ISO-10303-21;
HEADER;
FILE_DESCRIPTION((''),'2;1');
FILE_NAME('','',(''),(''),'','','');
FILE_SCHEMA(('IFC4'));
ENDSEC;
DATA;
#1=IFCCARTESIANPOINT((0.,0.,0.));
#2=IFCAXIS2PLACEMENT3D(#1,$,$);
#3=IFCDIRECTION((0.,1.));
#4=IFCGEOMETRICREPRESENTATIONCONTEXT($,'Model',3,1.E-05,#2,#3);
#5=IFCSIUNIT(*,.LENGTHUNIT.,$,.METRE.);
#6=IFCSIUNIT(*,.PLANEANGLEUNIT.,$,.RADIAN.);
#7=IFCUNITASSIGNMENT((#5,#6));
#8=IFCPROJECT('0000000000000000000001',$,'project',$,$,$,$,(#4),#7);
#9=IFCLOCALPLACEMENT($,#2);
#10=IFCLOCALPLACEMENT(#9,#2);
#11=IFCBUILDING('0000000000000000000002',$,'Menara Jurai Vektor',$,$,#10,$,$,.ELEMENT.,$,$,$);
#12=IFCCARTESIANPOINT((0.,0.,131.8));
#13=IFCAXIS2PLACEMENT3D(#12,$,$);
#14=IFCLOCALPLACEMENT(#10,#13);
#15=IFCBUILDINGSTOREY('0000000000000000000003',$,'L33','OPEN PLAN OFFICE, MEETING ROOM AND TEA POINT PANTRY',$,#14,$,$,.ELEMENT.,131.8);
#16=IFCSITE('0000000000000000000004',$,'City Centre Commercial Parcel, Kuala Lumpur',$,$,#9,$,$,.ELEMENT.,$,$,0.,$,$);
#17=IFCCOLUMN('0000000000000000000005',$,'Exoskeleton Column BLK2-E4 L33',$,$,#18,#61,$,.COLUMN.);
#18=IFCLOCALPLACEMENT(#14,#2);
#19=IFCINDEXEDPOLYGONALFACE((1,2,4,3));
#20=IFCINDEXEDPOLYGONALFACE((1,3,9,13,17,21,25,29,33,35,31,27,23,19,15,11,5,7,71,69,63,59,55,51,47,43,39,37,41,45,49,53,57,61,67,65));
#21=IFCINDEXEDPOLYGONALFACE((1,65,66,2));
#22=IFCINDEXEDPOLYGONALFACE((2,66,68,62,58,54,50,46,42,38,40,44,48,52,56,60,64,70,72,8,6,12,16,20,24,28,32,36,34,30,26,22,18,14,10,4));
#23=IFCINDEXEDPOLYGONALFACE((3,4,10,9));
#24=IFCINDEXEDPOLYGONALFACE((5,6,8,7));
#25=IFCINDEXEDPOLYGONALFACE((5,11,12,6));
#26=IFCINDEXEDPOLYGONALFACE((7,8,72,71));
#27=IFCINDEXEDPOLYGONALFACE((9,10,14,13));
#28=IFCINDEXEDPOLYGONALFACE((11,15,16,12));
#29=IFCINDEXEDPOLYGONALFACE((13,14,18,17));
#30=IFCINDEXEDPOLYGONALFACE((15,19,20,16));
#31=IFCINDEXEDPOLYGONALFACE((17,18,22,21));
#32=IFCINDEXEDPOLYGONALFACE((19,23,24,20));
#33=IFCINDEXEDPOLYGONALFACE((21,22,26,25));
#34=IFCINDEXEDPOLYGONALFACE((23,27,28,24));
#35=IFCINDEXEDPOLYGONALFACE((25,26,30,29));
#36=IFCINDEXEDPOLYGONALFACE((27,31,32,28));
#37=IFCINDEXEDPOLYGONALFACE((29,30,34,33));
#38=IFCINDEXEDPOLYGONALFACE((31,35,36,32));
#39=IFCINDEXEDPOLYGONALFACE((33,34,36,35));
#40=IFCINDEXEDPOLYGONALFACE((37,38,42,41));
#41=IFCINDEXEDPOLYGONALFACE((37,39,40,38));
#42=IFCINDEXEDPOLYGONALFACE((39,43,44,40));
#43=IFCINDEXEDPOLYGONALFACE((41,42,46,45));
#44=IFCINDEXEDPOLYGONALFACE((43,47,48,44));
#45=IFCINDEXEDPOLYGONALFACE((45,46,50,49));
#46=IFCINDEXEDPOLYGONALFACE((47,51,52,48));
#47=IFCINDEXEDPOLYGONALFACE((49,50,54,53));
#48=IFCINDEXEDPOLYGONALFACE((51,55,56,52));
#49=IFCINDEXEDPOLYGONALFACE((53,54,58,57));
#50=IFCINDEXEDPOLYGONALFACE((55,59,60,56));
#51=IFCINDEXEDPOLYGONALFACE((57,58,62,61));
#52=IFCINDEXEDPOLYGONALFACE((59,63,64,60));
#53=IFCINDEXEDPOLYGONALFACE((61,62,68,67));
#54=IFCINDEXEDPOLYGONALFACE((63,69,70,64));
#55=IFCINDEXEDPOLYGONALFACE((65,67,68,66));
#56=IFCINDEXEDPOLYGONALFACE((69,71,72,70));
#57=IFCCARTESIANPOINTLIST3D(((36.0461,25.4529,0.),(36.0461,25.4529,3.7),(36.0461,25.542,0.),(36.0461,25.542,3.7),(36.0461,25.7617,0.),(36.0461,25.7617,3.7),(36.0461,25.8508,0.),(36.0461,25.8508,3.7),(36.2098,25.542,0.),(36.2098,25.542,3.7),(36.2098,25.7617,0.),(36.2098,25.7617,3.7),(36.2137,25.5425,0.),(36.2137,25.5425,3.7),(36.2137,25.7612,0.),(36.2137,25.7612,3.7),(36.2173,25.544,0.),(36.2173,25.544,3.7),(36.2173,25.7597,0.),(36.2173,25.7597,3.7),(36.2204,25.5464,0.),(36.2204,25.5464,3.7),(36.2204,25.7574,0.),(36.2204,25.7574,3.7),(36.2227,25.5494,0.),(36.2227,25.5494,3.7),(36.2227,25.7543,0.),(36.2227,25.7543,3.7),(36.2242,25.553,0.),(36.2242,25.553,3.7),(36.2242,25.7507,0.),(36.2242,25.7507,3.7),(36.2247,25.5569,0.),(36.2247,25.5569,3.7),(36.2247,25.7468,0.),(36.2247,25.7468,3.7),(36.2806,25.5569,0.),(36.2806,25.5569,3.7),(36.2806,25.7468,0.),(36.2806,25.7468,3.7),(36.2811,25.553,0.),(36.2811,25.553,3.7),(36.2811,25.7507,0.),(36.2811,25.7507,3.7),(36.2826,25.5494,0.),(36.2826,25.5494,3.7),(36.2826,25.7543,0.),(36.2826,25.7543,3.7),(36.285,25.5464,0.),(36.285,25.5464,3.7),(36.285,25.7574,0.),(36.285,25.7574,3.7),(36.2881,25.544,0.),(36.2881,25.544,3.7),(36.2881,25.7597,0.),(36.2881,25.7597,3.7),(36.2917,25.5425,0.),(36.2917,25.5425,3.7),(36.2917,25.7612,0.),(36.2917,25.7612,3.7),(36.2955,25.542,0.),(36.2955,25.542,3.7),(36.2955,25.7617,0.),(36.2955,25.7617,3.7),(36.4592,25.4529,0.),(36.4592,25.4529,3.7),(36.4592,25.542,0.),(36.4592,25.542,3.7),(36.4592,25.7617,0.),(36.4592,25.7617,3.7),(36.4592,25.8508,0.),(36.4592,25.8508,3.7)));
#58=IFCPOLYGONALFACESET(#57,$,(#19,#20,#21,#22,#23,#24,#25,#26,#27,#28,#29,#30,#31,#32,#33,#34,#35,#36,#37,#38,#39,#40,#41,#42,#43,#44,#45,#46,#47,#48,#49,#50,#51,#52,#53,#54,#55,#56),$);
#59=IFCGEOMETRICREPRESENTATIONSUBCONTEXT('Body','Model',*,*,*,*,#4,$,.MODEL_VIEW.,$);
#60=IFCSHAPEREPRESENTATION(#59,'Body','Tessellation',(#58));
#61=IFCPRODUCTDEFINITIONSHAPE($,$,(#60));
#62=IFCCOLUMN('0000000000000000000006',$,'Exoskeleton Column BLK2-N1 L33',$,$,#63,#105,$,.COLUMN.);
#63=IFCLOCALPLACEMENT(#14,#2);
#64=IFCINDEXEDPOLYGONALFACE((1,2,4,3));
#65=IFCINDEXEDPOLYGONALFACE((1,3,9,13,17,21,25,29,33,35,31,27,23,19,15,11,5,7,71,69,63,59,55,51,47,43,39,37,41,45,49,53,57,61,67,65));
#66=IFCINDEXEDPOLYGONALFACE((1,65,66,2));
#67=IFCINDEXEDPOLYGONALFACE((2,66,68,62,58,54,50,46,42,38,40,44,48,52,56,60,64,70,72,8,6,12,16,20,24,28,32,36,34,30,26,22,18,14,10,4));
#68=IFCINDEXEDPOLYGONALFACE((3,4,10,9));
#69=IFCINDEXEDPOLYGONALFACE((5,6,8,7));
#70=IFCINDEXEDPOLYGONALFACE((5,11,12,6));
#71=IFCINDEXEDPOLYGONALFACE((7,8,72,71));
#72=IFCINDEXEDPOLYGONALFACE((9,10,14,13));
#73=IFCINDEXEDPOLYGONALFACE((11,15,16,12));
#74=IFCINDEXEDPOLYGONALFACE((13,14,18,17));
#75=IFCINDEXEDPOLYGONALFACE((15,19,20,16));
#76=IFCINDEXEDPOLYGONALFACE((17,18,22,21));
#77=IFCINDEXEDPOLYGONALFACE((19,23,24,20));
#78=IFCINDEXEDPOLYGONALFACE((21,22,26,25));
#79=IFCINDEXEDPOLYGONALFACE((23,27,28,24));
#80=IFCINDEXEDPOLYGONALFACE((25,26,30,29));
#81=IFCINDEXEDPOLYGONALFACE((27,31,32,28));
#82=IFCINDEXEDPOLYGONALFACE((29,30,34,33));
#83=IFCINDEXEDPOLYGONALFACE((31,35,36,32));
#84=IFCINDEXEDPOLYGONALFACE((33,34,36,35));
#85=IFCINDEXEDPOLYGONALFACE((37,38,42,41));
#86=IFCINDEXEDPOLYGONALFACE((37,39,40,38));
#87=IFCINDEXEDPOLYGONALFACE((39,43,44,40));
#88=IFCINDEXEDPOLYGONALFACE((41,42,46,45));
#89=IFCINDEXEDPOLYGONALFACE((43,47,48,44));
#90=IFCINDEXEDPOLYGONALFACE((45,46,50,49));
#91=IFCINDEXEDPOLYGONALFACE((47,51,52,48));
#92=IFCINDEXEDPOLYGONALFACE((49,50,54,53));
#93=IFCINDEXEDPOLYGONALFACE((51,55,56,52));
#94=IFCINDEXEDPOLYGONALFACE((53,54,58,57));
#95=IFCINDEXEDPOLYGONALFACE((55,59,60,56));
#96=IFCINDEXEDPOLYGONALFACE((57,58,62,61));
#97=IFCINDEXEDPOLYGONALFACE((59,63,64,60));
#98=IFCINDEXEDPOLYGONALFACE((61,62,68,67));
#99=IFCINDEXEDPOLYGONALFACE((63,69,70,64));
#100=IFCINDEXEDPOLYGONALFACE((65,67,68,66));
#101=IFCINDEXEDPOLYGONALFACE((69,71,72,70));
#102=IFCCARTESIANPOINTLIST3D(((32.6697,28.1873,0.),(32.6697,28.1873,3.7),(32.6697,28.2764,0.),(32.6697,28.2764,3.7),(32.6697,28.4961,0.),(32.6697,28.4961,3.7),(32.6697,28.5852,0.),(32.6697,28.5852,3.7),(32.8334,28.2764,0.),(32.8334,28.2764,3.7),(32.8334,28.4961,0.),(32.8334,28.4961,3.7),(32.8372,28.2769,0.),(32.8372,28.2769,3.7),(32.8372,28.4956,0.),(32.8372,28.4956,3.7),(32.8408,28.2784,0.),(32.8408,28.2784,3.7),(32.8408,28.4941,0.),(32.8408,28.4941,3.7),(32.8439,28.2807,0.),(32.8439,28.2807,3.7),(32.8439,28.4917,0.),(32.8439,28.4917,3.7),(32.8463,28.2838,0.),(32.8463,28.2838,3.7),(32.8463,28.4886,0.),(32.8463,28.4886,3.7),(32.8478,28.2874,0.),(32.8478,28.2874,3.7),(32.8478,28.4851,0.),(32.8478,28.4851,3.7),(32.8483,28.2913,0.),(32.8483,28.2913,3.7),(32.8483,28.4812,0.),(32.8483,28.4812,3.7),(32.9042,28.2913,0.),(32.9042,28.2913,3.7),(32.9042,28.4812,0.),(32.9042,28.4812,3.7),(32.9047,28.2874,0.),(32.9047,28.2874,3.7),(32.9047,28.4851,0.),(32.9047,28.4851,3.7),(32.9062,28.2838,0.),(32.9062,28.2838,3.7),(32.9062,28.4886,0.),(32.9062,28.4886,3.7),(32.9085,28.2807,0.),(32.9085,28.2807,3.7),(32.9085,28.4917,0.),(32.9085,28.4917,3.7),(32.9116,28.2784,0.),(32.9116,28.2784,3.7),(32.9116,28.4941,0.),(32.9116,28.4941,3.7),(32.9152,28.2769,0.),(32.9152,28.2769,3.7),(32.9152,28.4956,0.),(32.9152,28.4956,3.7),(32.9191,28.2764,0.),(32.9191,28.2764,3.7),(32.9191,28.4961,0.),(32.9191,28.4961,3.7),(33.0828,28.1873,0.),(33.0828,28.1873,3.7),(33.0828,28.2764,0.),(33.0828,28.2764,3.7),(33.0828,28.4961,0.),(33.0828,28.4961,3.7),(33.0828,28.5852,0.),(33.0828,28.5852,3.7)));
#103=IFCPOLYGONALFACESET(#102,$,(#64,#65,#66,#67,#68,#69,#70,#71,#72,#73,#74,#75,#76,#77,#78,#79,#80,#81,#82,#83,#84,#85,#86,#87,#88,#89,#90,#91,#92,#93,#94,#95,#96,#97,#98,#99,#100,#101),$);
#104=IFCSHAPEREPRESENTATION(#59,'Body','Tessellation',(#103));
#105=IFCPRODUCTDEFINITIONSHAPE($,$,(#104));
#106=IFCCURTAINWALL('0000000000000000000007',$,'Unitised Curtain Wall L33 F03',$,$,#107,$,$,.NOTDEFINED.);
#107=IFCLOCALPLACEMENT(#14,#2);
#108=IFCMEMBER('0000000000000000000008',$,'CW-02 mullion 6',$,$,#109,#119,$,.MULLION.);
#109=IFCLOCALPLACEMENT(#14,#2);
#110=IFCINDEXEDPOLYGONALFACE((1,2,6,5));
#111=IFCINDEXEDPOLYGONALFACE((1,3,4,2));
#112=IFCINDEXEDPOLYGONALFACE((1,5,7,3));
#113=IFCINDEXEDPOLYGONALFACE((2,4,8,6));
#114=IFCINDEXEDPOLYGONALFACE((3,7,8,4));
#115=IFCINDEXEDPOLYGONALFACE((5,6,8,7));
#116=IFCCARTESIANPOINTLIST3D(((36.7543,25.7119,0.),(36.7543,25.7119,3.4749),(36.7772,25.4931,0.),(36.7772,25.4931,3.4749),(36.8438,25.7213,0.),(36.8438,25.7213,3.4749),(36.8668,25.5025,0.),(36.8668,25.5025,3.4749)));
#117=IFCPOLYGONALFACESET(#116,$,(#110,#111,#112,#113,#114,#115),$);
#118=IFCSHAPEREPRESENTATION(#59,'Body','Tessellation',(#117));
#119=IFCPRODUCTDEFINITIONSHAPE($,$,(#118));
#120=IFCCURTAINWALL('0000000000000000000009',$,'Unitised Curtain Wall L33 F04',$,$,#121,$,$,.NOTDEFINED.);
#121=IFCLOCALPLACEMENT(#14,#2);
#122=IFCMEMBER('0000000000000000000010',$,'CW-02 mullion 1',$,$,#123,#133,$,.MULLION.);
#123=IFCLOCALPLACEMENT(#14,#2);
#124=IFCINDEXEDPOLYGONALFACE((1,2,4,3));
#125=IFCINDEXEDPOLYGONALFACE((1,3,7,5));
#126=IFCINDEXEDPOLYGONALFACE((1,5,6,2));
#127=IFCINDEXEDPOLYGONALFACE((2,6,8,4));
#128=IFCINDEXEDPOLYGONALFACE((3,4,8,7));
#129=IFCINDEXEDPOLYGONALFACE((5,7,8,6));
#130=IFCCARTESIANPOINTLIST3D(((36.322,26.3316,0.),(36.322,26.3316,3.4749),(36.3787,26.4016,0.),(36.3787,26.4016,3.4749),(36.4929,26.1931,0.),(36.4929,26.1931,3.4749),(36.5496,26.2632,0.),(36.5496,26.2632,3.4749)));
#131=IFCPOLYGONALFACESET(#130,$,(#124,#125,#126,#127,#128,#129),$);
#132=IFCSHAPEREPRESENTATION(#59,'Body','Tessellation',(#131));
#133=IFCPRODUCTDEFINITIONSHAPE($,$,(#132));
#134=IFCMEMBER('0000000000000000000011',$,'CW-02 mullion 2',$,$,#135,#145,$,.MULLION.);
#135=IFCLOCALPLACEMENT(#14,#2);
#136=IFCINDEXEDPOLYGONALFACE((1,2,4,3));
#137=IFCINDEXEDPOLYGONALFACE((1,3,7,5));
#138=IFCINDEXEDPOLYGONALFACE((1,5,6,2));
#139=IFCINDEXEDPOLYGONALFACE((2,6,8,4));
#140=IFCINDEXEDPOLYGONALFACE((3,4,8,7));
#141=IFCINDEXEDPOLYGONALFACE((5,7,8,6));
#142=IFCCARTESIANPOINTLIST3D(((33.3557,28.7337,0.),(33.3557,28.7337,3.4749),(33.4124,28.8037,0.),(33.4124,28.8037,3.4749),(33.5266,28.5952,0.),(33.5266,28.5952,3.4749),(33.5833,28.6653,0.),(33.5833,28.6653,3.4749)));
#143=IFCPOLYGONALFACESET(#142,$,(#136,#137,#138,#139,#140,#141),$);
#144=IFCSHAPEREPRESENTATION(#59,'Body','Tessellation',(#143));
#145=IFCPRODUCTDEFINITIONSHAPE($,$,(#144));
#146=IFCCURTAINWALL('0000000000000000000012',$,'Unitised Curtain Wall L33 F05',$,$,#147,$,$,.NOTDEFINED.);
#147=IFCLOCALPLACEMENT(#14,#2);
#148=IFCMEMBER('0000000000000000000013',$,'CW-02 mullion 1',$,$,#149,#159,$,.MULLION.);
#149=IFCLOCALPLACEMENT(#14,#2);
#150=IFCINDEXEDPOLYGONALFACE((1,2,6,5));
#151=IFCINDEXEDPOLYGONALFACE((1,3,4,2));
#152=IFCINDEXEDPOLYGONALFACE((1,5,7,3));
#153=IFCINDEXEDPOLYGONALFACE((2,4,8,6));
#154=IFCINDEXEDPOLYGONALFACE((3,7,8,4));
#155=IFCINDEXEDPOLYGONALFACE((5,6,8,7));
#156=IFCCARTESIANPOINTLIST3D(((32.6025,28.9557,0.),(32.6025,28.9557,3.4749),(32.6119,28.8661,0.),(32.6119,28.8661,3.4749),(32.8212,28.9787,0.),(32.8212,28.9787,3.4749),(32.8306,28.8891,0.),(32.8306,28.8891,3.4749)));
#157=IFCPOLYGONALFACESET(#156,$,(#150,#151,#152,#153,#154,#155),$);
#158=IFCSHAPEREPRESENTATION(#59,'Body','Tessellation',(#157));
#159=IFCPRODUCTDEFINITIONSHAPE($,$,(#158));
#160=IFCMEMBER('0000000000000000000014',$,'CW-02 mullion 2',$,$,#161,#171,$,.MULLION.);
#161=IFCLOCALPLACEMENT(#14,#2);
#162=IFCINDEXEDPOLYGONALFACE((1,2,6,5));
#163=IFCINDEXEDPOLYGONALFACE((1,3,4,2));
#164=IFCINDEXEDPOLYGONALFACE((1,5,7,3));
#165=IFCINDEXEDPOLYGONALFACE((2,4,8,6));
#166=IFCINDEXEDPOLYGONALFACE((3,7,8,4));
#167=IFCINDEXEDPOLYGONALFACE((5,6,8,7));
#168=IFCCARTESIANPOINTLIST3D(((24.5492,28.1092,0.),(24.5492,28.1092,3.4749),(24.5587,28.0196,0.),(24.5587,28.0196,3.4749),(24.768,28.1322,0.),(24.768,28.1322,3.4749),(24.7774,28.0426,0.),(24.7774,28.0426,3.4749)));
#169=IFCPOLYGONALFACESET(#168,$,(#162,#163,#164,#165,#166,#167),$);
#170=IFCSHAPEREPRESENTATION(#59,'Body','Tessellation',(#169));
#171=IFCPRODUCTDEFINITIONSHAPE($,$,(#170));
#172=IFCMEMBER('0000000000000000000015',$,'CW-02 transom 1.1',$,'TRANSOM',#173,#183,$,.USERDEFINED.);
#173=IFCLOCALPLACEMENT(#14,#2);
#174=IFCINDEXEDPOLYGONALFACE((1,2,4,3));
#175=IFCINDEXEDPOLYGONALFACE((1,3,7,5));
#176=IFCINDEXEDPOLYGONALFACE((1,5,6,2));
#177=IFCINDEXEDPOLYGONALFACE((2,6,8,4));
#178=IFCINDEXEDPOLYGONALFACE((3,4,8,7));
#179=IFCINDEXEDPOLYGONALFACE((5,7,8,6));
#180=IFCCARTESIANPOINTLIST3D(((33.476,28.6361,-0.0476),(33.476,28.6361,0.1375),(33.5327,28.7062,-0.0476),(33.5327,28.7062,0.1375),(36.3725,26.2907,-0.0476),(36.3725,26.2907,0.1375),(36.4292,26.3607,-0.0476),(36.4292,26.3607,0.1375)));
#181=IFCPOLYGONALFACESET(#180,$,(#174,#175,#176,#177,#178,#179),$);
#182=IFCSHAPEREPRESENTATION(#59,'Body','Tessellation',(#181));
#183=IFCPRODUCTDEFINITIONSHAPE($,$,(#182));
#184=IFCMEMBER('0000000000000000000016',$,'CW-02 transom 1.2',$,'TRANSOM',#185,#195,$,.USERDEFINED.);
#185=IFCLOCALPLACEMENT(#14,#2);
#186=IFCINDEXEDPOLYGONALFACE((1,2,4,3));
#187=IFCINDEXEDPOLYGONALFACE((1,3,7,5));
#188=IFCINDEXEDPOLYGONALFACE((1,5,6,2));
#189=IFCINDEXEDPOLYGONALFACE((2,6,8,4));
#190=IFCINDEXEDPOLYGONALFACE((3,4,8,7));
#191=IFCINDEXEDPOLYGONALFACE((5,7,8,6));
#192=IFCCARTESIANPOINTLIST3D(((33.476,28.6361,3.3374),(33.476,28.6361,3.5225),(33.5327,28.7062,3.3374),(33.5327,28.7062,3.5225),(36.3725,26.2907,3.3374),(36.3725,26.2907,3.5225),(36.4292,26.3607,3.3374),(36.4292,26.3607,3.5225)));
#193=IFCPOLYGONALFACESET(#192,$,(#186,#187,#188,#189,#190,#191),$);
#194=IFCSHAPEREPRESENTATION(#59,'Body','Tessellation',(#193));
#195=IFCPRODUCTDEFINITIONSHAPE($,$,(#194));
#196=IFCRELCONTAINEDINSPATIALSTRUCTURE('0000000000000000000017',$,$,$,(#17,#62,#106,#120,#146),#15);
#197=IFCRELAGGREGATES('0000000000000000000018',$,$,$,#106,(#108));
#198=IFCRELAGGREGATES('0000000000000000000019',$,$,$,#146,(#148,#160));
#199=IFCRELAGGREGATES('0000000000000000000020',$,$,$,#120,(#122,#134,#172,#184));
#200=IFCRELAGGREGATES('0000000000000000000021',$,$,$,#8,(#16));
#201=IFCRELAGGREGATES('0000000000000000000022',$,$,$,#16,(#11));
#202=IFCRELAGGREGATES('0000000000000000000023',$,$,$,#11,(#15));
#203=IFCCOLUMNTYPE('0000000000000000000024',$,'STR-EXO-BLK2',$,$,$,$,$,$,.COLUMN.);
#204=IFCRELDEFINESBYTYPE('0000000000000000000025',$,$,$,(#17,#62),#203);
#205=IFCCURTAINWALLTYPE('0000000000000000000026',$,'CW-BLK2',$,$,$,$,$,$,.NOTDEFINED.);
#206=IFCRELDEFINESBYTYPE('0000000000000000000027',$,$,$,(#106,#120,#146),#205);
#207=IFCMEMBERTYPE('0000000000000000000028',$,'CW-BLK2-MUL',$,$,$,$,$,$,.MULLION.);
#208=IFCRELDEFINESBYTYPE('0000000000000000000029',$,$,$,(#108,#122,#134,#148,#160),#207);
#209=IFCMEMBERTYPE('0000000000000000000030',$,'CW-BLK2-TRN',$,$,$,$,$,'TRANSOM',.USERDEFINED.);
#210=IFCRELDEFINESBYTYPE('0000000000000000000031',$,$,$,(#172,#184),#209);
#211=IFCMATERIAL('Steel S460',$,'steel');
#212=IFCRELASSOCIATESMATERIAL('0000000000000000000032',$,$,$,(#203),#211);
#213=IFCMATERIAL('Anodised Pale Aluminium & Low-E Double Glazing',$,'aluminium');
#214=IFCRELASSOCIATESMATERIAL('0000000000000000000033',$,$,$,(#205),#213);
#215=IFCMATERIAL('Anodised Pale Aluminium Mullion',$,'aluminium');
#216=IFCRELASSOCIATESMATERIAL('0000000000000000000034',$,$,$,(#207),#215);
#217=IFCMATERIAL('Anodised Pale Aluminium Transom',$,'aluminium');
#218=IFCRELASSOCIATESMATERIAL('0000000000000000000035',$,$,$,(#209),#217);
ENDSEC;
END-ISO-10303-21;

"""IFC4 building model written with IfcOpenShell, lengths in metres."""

from ifc_helpers import new_model, si_unit, direction, frame, origin, origin_2d, place, context, subcontext, project, spatial, rectangle, i_section, extrude, material, material_profile, profile_set, type_object, element, aggregate, save


model = new_model("IFC4")

# Units and contexts
model_context = context("Model", 3, precision=1e-05, world=origin(), true_north=direction((0.0, 1.0)))
body_context = subcontext(model_context, "Body", "Model", "MODEL_VIEW")
ifc_project = project(units=[si_unit("LENGTHUNIT", "METRE"), si_unit("PLANEANGLEUNIT", "RADIAN")], contexts=[model_context])

# Site, building, storey
site_placement = place(None, origin())
site = spatial("IfcSite", under=ifc_project, at=site_placement, Name="City Centre Commercial Parcel, Kuala Lumpur", CompositionType="ELEMENT", RefElevation=0.0)
building_placement = place(site_placement, origin())
building = spatial("IfcBuilding", under=site, at=building_placement, Name="Menara Jurai Vektor", CompositionType="ELEMENT")
storey_placement = place(building_placement, frame((0.0, 0.0, 131.8)))
storey = spatial("IfcBuildingStorey", under=building, at=storey_placement, Name="L33", Description="OPEN PLAN OFFICE, MEETING ROOM AND TEA POINT PANTRY", CompositionType="ELEMENT", Elevation=131.8)

# Columns
ifc_material_1 = material(Name="Steel S460", Category="steel")
ifc_material_profile_1 = material_profile(ifc_material_1, i_section(OverallWidth=0.4131, OverallDepth=0.3979, WebThickness=0.0559, FlangeThickness=0.0891, FilletRadius=0.0149, at=origin_2d()), Name="HD 400x744")
ifc_profile_set_1 = profile_set([ifc_material_profile_1], Name="Steel S460")
column_type = type_object("IfcColumnType", Name="STR-EXO-BLK2", PredefinedType="COLUMN", material=ifc_profile_set_1)
for number, where, z_axis, x_axis, name in (
    (1, (36.2527, 25.6519, 0.0), (0.0, 0.0, 1.0), (1.0, 0.0, 0.0), "Exoskeleton Column BLK2-E4 L33"),
    (2, (32.8762, 28.3862, 0.0), (0.0, 0.0, 1.0), (1.0, 0.0, 0.0), "Exoskeleton Column BLK2-N1 L33"),
):
    element("IfcColumn", number, at=place(storey_placement, frame(where, z_axis=z_axis, x_axis=x_axis)), inside=storey, type_object=column_type, Name=name, PredefinedType="COLUMN", context=body_context, shape_type="SweptSolid", body=[
        extrude(i_section(OverallWidth=0.4131, OverallDepth=0.3979, WebThickness=0.0559, FlangeThickness=0.0891, FilletRadius=0.0149, at=origin_2d()), origin(), (0.0, 0.0, 1.0), 3.7),
    ])

# Curtain wall, member
ifc_material_2 = material(Name="Anodised Pale Aluminium & Low-E Double Glazing", Category="aluminium")
curtain_wall_type = type_object("IfcCurtainWallType", Name="CW-BLK2", PredefinedType="NOTDEFINED", material=ifc_material_2)
curtain_wall_1_placement = place(storey_placement, origin())
curtain_wall_1 = element("IfcCurtainWall", 3, at=curtain_wall_1_placement, inside=storey, type_object=curtain_wall_type, Name="Unitised Curtain Wall L33 F03", PredefinedType="NOTDEFINED")
ifc_material_3 = material(Name="Anodised Pale Aluminium Mullion", Category="aluminium")
ifc_material_profile_2 = material_profile(ifc_material_3, rectangle(XDim=0.0901, YDim=0.22, at=origin_2d()), Name="ALU MUL 90x220")
ifc_profile_set_2 = profile_set([ifc_material_profile_2], Name="Anodised Pale Aluminium Mullion")
member_type_1 = type_object("IfcMemberType", Name="CW-BLK2-MUL", PredefinedType="MULLION", material=ifc_profile_set_2)
member_1_placement = place(storey_placement, frame((36.8105, 25.6072, 0.0), z_axis=(0.0, 0.0, 1.0), x_axis=(-0.994522, -0.10453, 0.0)))
member_1 = element("IfcMember", 4, at=member_1_placement, type_object=member_type_1, Name="CW-02 mullion 6", PredefinedType="MULLION", context=body_context, shape_type="SweptSolid", body=[
    extrude(rectangle(XDim=0.0901, YDim=0.22, at=origin_2d()), origin(), (0.0, 0.0, 1.0), 3.4749),
])

# Curtain walls, members
curtain_wall_2_placement = place(storey_placement, origin())
curtain_wall_2 = element("IfcCurtainWall", 5, at=curtain_wall_2_placement, inside=storey, type_object=curtain_wall_type, Name="Unitised Curtain Wall L33 F04", PredefinedType="NOTDEFINED")
member_2_placement = place(storey_placement, frame((36.4358, 26.2974, 0.0), z_axis=(0.0, 0.0, 1.0), x_axis=(-0.629313, -0.777152, 0.0)))
member_2 = element("IfcMember", 6, at=member_2_placement, type_object=member_type_1, Name="CW-02 mullion 1", PredefinedType="MULLION", context=body_context, shape_type="SweptSolid", body=[
    extrude(rectangle(XDim=0.0901, YDim=0.22, at=origin_2d()), origin(), (0.0, 0.0, 1.0), 3.4749),
])
member_3_placement = place(storey_placement, frame((33.4695, 28.6995, 0.0), z_axis=(0.0, 0.0, 1.0), x_axis=(-0.629313, -0.777152, 0.0)))
member_3 = element("IfcMember", 7, at=member_3_placement, type_object=member_type_1, Name="CW-02 mullion 2", PredefinedType="MULLION", context=body_context, shape_type="SweptSolid", body=[
    extrude(rectangle(XDim=0.0901, YDim=0.22, at=origin_2d()), origin(), (0.0, 0.0, 1.0), 3.4749),
])
curtain_wall_3_placement = place(storey_placement, origin())
curtain_wall_3 = element("IfcCurtainWall", 8, at=curtain_wall_3_placement, inside=storey, type_object=curtain_wall_type, Name="Unitised Curtain Wall L33 F05", PredefinedType="NOTDEFINED")
member_4_placement = place(storey_placement, frame((32.7166, 28.9224, 0.0), z_axis=(0.0, 0.0, 1.0), x_axis=(0.104529, -0.994522, 0.0)))
member_4 = element("IfcMember", 9, at=member_4_placement, type_object=member_type_1, Name="CW-02 mullion 1", PredefinedType="MULLION", context=body_context, shape_type="SweptSolid", body=[
    extrude(rectangle(XDim=0.0901, YDim=0.22, at=origin_2d()), origin(), (0.0, 0.0, 1.0), 3.4749),
])
member_5_placement = place(storey_placement, frame((24.6633, 28.0759, 0.0), z_axis=(0.0, 0.0, 1.0), x_axis=(0.104529, -0.994522, 0.0)))
member_5 = element("IfcMember", 10, at=member_5_placement, type_object=member_type_1, Name="CW-02 mullion 2", PredefinedType="MULLION", context=body_context, shape_type="SweptSolid", body=[
    extrude(rectangle(XDim=0.0901, YDim=0.22, at=origin_2d()), origin(), (0.0, 0.0, 1.0), 3.4749),
])

# Members
ifc_material_4 = material(Name="Anodised Pale Aluminium Transom", Category="aluminium")
ifc_material_profile_3 = material_profile(ifc_material_4, rectangle(XDim=0.0901, YDim=0.1851, at=origin_2d()), Name="ALU TRN 90x185")
ifc_profile_set_3 = profile_set([ifc_material_profile_3], Name="Anodised Pale Aluminium Transom")
member_type_2 = type_object("IfcMemberType", Name="CW-BLK2-TRN", ElementType="TRANSOM", PredefinedType="USERDEFINED", material=ifc_profile_set_3)
member_6_placement = place(storey_placement, frame((36.4009, 26.3257, 0.0449), z_axis=(-0.777155, 0.629309, 0.0), x_axis=(-0.629309, -0.777155, 0.0)))
member_6 = element("IfcMember", 11, at=member_6_placement, type_object=member_type_2, Name="CW-02 transom 1.1", ObjectType="TRANSOM", PredefinedType="USERDEFINED", context=body_context, shape_type="SweptSolid", body=[
    extrude(rectangle(XDim=0.0901, YDim=0.1851, at=origin_2d()), origin(), (0.0, 0.0, 1.0), 3.7271),
])
member_7_placement = place(storey_placement, frame((36.4009, 26.3257, 3.4299), z_axis=(-0.777155, 0.629309, 0.0), x_axis=(-0.629309, -0.777155, 0.0)))
member_7 = element("IfcMember", 12, at=member_7_placement, type_object=member_type_2, Name="CW-02 transom 1.2", ObjectType="TRANSOM", PredefinedType="USERDEFINED", context=body_context, shape_type="SweptSolid", body=[
    extrude(rectangle(XDim=0.0901, YDim=0.1851, at=origin_2d()), origin(), (0.0, 0.0, 1.0), 3.7271),
])

aggregate(curtain_wall_1, [member_1])
aggregate(curtain_wall_3, [member_4, member_5])
aggregate(curtain_wall_2, [member_2, member_3, member_6, member_7])

save(model, "model.ifc")
